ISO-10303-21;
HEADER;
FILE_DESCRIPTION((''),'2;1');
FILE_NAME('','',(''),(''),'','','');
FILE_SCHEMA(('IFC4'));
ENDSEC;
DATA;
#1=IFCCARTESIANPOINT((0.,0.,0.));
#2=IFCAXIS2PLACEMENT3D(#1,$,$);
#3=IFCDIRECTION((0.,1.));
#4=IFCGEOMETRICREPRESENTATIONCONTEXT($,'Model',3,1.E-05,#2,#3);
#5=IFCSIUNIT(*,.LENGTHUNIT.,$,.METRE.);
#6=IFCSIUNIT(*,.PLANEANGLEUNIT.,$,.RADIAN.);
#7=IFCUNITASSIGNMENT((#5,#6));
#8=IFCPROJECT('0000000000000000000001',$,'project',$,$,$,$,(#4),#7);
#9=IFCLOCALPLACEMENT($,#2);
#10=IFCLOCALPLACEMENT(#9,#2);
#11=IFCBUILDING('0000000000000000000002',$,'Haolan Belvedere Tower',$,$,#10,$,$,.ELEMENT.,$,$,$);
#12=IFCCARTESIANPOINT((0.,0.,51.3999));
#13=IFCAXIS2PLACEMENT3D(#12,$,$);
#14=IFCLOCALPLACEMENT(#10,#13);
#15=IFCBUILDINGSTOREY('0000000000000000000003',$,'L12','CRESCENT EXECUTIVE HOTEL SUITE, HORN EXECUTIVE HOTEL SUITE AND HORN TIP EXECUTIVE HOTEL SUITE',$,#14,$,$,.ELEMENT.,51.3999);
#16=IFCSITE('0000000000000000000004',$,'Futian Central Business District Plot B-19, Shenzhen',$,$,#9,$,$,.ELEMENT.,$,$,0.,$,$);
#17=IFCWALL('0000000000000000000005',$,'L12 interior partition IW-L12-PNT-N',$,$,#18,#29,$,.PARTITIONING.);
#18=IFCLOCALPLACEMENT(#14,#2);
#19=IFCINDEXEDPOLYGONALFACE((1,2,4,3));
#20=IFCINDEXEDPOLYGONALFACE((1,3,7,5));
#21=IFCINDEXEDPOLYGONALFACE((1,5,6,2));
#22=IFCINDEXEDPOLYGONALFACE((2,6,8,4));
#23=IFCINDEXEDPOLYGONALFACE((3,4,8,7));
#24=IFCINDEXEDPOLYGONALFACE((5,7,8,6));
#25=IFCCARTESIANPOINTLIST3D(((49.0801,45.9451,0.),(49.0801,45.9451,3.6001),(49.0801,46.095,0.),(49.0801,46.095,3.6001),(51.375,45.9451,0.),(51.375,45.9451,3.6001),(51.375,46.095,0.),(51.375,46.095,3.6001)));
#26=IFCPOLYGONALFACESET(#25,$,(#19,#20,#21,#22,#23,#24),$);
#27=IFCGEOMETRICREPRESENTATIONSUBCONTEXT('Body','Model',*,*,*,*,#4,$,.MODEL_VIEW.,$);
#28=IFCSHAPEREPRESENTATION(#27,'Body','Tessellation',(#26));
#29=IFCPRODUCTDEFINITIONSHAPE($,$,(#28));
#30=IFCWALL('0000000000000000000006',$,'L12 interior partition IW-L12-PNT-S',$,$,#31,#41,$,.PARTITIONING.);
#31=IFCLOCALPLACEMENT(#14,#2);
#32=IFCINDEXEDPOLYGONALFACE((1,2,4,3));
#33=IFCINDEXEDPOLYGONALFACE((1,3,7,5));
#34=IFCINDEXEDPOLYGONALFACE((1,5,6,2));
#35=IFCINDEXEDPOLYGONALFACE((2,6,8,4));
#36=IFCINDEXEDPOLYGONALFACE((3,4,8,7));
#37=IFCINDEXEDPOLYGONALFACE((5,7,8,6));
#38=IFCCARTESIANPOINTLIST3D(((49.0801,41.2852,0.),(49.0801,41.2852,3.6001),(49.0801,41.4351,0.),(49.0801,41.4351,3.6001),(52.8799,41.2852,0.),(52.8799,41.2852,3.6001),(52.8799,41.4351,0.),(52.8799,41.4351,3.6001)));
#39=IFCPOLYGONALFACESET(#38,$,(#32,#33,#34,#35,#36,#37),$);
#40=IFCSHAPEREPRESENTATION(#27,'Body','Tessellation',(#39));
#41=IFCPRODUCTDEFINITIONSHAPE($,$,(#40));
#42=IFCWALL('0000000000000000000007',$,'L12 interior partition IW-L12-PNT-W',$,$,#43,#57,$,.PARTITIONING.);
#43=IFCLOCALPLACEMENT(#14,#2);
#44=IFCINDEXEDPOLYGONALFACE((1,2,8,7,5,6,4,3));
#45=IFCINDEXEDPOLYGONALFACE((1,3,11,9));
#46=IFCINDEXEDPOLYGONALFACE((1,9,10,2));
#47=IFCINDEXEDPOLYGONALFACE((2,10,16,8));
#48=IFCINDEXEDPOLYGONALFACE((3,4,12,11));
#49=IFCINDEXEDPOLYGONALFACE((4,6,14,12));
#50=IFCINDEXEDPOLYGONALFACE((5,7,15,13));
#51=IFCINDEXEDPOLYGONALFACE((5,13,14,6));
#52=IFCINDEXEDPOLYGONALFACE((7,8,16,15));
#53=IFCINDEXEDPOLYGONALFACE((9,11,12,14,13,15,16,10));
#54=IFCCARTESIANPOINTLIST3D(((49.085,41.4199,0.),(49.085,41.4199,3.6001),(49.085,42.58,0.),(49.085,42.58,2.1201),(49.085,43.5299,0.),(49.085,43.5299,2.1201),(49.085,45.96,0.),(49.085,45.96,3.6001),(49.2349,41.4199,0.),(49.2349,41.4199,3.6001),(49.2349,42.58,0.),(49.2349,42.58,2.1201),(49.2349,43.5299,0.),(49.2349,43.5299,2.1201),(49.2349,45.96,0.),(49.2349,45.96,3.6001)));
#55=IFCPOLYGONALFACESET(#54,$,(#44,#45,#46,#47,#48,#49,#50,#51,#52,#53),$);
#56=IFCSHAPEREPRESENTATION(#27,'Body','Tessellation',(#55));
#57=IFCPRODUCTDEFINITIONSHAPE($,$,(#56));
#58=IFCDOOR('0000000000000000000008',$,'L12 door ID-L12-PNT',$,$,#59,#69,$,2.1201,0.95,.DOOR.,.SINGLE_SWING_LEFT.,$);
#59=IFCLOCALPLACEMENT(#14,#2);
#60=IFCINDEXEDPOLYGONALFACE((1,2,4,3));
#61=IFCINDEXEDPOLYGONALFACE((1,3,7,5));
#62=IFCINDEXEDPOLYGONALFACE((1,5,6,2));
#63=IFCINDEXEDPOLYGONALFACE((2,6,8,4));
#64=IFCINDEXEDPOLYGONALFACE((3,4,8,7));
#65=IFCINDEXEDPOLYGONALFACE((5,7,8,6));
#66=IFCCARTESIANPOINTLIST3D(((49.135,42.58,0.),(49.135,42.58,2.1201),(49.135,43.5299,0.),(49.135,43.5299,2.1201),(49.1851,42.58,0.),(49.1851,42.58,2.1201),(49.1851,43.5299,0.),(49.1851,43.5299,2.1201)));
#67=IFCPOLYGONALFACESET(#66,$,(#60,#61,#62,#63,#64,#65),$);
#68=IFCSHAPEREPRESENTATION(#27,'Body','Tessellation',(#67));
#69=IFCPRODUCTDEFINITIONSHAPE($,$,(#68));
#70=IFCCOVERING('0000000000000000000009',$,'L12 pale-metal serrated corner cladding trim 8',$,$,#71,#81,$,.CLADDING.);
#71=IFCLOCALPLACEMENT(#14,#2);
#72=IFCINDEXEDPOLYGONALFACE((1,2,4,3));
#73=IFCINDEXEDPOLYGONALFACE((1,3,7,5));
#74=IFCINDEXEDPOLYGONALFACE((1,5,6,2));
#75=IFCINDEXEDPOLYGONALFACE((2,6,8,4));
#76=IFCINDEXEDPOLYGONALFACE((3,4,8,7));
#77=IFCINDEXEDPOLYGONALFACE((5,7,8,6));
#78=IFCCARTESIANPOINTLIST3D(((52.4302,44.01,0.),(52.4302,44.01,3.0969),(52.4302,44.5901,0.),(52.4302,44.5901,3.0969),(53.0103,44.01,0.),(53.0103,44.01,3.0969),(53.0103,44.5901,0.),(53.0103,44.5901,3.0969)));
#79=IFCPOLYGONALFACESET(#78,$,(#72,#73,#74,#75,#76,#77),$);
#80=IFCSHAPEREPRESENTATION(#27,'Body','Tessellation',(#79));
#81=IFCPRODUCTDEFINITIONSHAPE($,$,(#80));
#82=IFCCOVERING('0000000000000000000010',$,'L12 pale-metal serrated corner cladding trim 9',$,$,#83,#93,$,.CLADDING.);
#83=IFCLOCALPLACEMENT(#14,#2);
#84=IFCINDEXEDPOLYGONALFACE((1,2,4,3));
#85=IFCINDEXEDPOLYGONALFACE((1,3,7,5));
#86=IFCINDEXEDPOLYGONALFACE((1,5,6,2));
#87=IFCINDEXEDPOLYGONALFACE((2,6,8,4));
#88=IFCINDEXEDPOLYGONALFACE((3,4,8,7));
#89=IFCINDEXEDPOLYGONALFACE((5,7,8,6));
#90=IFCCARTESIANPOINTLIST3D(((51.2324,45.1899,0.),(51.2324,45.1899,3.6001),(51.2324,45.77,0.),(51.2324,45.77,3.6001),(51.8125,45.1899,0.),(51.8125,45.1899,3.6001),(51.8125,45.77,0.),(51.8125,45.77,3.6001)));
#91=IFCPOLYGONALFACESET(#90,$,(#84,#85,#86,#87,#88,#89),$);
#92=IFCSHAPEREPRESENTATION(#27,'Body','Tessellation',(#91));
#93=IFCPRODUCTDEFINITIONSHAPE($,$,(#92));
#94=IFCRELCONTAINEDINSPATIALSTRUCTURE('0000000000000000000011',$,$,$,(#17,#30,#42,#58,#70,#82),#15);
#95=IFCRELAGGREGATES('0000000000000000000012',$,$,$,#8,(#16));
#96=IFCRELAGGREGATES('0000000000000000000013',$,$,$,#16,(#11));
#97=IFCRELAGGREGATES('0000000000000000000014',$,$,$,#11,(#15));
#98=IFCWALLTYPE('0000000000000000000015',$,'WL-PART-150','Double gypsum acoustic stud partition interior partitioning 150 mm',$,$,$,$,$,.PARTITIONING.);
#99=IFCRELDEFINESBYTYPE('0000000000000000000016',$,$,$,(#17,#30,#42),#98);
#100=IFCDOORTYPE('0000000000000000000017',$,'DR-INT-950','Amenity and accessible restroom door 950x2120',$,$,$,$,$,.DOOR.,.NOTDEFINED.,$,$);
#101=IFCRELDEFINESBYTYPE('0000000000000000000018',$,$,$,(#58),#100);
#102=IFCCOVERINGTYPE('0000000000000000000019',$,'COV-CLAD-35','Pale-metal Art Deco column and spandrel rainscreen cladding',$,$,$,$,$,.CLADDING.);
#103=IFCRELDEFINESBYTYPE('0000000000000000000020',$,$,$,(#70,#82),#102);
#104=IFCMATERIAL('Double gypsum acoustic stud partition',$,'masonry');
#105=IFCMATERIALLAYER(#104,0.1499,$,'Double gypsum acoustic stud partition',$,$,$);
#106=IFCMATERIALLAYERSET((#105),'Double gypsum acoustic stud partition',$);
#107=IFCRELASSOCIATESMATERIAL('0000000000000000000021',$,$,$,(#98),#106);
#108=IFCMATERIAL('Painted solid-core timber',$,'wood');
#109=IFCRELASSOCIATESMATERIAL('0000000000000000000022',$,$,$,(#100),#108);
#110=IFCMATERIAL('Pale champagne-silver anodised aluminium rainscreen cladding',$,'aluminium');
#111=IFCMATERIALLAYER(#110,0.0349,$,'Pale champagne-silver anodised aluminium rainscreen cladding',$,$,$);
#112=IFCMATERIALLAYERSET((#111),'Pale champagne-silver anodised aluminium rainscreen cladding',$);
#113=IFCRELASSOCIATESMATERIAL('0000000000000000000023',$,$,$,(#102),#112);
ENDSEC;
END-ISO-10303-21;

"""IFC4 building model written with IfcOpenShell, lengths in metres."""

from ifc_helpers import new_model, si_unit, direction, frame, frame_2d, origin, origin_2d, place, context, subcontext, project, spatial, rectangle, extrude, material, layer, layer_set, type_object, element, fill, save


model = new_model("IFC4")

# Units and contexts
model_context = context("Model", 3, precision=1e-05, world=origin(), true_north=direction((0.0, 1.0)))
body_context = subcontext(model_context, "Body", "Model", "MODEL_VIEW")
ifc_project = project(units=[si_unit("LENGTHUNIT", "METRE"), si_unit("PLANEANGLEUNIT", "RADIAN")], contexts=[model_context])

# Site, building, storey
site_placement = place(None, origin())
site = spatial("IfcSite", under=ifc_project, at=site_placement, Name="Futian Central Business District Plot B-19, Shenzhen", CompositionType="ELEMENT", RefElevation=0.0)
building_placement = place(site_placement, origin())
building = spatial("IfcBuilding", under=site, at=building_placement, Name="Haolan Belvedere Tower", CompositionType="ELEMENT")
storey_placement = place(building_placement, frame((0.0, 0.0, 51.3999)))
storey = spatial("IfcBuildingStorey", under=building, at=storey_placement, Name="L12", Description="CRESCENT EXECUTIVE HOTEL SUITE, HORN EXECUTIVE HOTEL SUITE AND HORN TIP EXECUTIVE HOTEL SUITE", CompositionType="ELEMENT", Elevation=51.3999)

# Shared definitions
ifc_material_1 = material(Name="Double gypsum acoustic stud partition", Category="masonry")
ifc_layer_1 = layer(ifc_material_1, 0.1499, Name="Double gypsum acoustic stud partition")
ifc_layer_set_1 = layer_set([ifc_layer_1], Name="Double gypsum acoustic stud partition")
wall_type_1 = type_object("IfcWallType", Name="WL-PART-150", Description="Double gypsum acoustic stud partition interior partitioning 150 mm", PredefinedType="PARTITIONING", material=ifc_layer_set_1)

# Shared definitions
ifc_material_2 = material(Name="Painted solid-core timber", Category="wood")
door_type = type_object("IfcDoorType", Name="DR-INT-950", Description="Amenity and accessible restroom door 950x2120", OperationType="NOTDEFINED", PredefinedType="DOOR", material=ifc_material_2)

# Walls
wall_1_placement = place(storey_placement, frame((49.0801, 46.02, 0.0), z_axis=(0.0, 0.0, 1.0), x_axis=(1.0, 0.0, 0.0)))
element("IfcWall", 1, at=wall_1_placement, inside=storey, type_object=wall_type_1, Name="L12 interior partition IW-L12-PNT-N", PredefinedType="PARTITIONING", context=body_context, shape_type="SweptSolid", body=[
    extrude(rectangle(XDim=2.2949, YDim=0.1499, at=frame_2d((1.1475, 0.0))), origin(), (0.0, 0.0, 1.0), 3.6001),
])
wall_2_placement = place(storey_placement, frame((49.0801, 41.3601, 0.0), z_axis=(0.0, 0.0, 1.0), x_axis=(1.0, 0.0, 0.0)))
element("IfcWall", 2, at=wall_2_placement, inside=storey, type_object=wall_type_1, Name="L12 interior partition IW-L12-PNT-S", PredefinedType="PARTITIONING", context=body_context, shape_type="SweptSolid", body=[
    extrude(rectangle(XDim=3.7998, YDim=0.1499, at=frame_2d((1.8999, 0.0))), origin(), (0.0, 0.0, 1.0), 3.6001),
])

# Wall, opening, door
wall_3_placement = place(storey_placement, frame((49.1599, 41.4199, 0.0), z_axis=(0.0, 0.0, 1.0), x_axis=(0.0, 1.0, 0.0)))
wall_3 = element("IfcWall", 3, at=wall_3_placement, inside=storey, type_object=wall_type_1, Name="L12 interior partition IW-L12-PNT-W", PredefinedType="PARTITIONING", context=body_context, shape_type="SweptSolid", body=[
    extrude(rectangle(XDim=4.54, YDim=0.1499, at=frame_2d((2.27, 0.0))), origin(), (0.0, 0.0, 1.0), 3.6001),
])
opening_1_placement = place(wall_3_placement, frame((1.1599, 0.0, 0.0)))
opening_1 = element("IfcOpeningElement", 4, at=opening_1_placement, cuts=wall_3, PredefinedType="OPENING", context=body_context, shape_type="SweptSolid", body=[
    extrude(rectangle(XDim=0.95, YDim=2.1201, at=frame_2d((0.4751, 1.0601))), frame((0.0, 0.085, 0.0), z_axis=(0.0, -1.0, 0.0), x_axis=(1.0, 0.0, 0.0)), (0.0, 0.0, 1.0), 0.1699),
])
door_1_placement = place(opening_1_placement, origin())
door_1 = element("IfcDoor", 5, at=door_1_placement, inside=storey, type_object=door_type, Name="L12 door ID-L12-PNT", OperationType="SINGLE_SWING_LEFT", OverallHeight=2.1201, OverallWidth=0.95, PredefinedType="DOOR", context=body_context, shape_type="SweptSolid", body=[
    extrude(rectangle(XDim=0.95, YDim=2.1201, at=frame_2d((0.4751, 1.0601))), frame((0.0, 0.0249, 0.0), z_axis=(0.0, -1.0, 0.0), x_axis=(1.0, 0.0, 0.0)), (0.0, 0.0, 1.0), 0.05),
])
fill(opening_1, door_1)

# Coverings
ifc_material_3 = material(Name="Pale champagne-silver anodised aluminium rainscreen cladding", Category="aluminium")
ifc_layer_2 = layer(ifc_material_3, 0.0349, Name="Pale champagne-silver anodised aluminium rainscreen cladding")
ifc_layer_set_2 = layer_set([ifc_layer_2], Name="Pale champagne-silver anodised aluminium rainscreen cladding")
covering_type = type_object("IfcCoveringType", Name="COV-CLAD-35", Description="Pale-metal Art Deco column and spandrel rainscreen cladding", PredefinedType="CLADDING", material=ifc_layer_set_2)
covering_1_placement = place(storey_placement, frame((52.7202, 44.3, 0.0), z_axis=(0.0, 0.0, 1.0), x_axis=(1.0, 0.0, 0.0)))
element("IfcCovering", 6, at=covering_1_placement, inside=storey, type_object=covering_type, Name="L12 pale-metal serrated corner cladding trim 8", PredefinedType="CLADDING", context=body_context, shape_type="SweptSolid", body=[
    extrude(rectangle(XDim=0.5801, YDim=0.5801, at=origin_2d()), origin(), (0.0, 0.0, 1.0), 3.0969),
])
covering_2_placement = place(storey_placement, frame((51.5225, 45.48, 0.0), z_axis=(0.0, 0.0, 1.0), x_axis=(1.0, 0.0, 0.0)))
element("IfcCovering", 7, at=covering_2_placement, inside=storey, type_object=covering_type, Name="L12 pale-metal serrated corner cladding trim 9", PredefinedType="CLADDING", context=body_context, shape_type="SweptSolid", body=[
    extrude(rectangle(XDim=0.5801, YDim=0.5801, at=origin_2d()), origin(), (0.0, 0.0, 1.0), 3.6001),
])

save(model, "model.ifc")
